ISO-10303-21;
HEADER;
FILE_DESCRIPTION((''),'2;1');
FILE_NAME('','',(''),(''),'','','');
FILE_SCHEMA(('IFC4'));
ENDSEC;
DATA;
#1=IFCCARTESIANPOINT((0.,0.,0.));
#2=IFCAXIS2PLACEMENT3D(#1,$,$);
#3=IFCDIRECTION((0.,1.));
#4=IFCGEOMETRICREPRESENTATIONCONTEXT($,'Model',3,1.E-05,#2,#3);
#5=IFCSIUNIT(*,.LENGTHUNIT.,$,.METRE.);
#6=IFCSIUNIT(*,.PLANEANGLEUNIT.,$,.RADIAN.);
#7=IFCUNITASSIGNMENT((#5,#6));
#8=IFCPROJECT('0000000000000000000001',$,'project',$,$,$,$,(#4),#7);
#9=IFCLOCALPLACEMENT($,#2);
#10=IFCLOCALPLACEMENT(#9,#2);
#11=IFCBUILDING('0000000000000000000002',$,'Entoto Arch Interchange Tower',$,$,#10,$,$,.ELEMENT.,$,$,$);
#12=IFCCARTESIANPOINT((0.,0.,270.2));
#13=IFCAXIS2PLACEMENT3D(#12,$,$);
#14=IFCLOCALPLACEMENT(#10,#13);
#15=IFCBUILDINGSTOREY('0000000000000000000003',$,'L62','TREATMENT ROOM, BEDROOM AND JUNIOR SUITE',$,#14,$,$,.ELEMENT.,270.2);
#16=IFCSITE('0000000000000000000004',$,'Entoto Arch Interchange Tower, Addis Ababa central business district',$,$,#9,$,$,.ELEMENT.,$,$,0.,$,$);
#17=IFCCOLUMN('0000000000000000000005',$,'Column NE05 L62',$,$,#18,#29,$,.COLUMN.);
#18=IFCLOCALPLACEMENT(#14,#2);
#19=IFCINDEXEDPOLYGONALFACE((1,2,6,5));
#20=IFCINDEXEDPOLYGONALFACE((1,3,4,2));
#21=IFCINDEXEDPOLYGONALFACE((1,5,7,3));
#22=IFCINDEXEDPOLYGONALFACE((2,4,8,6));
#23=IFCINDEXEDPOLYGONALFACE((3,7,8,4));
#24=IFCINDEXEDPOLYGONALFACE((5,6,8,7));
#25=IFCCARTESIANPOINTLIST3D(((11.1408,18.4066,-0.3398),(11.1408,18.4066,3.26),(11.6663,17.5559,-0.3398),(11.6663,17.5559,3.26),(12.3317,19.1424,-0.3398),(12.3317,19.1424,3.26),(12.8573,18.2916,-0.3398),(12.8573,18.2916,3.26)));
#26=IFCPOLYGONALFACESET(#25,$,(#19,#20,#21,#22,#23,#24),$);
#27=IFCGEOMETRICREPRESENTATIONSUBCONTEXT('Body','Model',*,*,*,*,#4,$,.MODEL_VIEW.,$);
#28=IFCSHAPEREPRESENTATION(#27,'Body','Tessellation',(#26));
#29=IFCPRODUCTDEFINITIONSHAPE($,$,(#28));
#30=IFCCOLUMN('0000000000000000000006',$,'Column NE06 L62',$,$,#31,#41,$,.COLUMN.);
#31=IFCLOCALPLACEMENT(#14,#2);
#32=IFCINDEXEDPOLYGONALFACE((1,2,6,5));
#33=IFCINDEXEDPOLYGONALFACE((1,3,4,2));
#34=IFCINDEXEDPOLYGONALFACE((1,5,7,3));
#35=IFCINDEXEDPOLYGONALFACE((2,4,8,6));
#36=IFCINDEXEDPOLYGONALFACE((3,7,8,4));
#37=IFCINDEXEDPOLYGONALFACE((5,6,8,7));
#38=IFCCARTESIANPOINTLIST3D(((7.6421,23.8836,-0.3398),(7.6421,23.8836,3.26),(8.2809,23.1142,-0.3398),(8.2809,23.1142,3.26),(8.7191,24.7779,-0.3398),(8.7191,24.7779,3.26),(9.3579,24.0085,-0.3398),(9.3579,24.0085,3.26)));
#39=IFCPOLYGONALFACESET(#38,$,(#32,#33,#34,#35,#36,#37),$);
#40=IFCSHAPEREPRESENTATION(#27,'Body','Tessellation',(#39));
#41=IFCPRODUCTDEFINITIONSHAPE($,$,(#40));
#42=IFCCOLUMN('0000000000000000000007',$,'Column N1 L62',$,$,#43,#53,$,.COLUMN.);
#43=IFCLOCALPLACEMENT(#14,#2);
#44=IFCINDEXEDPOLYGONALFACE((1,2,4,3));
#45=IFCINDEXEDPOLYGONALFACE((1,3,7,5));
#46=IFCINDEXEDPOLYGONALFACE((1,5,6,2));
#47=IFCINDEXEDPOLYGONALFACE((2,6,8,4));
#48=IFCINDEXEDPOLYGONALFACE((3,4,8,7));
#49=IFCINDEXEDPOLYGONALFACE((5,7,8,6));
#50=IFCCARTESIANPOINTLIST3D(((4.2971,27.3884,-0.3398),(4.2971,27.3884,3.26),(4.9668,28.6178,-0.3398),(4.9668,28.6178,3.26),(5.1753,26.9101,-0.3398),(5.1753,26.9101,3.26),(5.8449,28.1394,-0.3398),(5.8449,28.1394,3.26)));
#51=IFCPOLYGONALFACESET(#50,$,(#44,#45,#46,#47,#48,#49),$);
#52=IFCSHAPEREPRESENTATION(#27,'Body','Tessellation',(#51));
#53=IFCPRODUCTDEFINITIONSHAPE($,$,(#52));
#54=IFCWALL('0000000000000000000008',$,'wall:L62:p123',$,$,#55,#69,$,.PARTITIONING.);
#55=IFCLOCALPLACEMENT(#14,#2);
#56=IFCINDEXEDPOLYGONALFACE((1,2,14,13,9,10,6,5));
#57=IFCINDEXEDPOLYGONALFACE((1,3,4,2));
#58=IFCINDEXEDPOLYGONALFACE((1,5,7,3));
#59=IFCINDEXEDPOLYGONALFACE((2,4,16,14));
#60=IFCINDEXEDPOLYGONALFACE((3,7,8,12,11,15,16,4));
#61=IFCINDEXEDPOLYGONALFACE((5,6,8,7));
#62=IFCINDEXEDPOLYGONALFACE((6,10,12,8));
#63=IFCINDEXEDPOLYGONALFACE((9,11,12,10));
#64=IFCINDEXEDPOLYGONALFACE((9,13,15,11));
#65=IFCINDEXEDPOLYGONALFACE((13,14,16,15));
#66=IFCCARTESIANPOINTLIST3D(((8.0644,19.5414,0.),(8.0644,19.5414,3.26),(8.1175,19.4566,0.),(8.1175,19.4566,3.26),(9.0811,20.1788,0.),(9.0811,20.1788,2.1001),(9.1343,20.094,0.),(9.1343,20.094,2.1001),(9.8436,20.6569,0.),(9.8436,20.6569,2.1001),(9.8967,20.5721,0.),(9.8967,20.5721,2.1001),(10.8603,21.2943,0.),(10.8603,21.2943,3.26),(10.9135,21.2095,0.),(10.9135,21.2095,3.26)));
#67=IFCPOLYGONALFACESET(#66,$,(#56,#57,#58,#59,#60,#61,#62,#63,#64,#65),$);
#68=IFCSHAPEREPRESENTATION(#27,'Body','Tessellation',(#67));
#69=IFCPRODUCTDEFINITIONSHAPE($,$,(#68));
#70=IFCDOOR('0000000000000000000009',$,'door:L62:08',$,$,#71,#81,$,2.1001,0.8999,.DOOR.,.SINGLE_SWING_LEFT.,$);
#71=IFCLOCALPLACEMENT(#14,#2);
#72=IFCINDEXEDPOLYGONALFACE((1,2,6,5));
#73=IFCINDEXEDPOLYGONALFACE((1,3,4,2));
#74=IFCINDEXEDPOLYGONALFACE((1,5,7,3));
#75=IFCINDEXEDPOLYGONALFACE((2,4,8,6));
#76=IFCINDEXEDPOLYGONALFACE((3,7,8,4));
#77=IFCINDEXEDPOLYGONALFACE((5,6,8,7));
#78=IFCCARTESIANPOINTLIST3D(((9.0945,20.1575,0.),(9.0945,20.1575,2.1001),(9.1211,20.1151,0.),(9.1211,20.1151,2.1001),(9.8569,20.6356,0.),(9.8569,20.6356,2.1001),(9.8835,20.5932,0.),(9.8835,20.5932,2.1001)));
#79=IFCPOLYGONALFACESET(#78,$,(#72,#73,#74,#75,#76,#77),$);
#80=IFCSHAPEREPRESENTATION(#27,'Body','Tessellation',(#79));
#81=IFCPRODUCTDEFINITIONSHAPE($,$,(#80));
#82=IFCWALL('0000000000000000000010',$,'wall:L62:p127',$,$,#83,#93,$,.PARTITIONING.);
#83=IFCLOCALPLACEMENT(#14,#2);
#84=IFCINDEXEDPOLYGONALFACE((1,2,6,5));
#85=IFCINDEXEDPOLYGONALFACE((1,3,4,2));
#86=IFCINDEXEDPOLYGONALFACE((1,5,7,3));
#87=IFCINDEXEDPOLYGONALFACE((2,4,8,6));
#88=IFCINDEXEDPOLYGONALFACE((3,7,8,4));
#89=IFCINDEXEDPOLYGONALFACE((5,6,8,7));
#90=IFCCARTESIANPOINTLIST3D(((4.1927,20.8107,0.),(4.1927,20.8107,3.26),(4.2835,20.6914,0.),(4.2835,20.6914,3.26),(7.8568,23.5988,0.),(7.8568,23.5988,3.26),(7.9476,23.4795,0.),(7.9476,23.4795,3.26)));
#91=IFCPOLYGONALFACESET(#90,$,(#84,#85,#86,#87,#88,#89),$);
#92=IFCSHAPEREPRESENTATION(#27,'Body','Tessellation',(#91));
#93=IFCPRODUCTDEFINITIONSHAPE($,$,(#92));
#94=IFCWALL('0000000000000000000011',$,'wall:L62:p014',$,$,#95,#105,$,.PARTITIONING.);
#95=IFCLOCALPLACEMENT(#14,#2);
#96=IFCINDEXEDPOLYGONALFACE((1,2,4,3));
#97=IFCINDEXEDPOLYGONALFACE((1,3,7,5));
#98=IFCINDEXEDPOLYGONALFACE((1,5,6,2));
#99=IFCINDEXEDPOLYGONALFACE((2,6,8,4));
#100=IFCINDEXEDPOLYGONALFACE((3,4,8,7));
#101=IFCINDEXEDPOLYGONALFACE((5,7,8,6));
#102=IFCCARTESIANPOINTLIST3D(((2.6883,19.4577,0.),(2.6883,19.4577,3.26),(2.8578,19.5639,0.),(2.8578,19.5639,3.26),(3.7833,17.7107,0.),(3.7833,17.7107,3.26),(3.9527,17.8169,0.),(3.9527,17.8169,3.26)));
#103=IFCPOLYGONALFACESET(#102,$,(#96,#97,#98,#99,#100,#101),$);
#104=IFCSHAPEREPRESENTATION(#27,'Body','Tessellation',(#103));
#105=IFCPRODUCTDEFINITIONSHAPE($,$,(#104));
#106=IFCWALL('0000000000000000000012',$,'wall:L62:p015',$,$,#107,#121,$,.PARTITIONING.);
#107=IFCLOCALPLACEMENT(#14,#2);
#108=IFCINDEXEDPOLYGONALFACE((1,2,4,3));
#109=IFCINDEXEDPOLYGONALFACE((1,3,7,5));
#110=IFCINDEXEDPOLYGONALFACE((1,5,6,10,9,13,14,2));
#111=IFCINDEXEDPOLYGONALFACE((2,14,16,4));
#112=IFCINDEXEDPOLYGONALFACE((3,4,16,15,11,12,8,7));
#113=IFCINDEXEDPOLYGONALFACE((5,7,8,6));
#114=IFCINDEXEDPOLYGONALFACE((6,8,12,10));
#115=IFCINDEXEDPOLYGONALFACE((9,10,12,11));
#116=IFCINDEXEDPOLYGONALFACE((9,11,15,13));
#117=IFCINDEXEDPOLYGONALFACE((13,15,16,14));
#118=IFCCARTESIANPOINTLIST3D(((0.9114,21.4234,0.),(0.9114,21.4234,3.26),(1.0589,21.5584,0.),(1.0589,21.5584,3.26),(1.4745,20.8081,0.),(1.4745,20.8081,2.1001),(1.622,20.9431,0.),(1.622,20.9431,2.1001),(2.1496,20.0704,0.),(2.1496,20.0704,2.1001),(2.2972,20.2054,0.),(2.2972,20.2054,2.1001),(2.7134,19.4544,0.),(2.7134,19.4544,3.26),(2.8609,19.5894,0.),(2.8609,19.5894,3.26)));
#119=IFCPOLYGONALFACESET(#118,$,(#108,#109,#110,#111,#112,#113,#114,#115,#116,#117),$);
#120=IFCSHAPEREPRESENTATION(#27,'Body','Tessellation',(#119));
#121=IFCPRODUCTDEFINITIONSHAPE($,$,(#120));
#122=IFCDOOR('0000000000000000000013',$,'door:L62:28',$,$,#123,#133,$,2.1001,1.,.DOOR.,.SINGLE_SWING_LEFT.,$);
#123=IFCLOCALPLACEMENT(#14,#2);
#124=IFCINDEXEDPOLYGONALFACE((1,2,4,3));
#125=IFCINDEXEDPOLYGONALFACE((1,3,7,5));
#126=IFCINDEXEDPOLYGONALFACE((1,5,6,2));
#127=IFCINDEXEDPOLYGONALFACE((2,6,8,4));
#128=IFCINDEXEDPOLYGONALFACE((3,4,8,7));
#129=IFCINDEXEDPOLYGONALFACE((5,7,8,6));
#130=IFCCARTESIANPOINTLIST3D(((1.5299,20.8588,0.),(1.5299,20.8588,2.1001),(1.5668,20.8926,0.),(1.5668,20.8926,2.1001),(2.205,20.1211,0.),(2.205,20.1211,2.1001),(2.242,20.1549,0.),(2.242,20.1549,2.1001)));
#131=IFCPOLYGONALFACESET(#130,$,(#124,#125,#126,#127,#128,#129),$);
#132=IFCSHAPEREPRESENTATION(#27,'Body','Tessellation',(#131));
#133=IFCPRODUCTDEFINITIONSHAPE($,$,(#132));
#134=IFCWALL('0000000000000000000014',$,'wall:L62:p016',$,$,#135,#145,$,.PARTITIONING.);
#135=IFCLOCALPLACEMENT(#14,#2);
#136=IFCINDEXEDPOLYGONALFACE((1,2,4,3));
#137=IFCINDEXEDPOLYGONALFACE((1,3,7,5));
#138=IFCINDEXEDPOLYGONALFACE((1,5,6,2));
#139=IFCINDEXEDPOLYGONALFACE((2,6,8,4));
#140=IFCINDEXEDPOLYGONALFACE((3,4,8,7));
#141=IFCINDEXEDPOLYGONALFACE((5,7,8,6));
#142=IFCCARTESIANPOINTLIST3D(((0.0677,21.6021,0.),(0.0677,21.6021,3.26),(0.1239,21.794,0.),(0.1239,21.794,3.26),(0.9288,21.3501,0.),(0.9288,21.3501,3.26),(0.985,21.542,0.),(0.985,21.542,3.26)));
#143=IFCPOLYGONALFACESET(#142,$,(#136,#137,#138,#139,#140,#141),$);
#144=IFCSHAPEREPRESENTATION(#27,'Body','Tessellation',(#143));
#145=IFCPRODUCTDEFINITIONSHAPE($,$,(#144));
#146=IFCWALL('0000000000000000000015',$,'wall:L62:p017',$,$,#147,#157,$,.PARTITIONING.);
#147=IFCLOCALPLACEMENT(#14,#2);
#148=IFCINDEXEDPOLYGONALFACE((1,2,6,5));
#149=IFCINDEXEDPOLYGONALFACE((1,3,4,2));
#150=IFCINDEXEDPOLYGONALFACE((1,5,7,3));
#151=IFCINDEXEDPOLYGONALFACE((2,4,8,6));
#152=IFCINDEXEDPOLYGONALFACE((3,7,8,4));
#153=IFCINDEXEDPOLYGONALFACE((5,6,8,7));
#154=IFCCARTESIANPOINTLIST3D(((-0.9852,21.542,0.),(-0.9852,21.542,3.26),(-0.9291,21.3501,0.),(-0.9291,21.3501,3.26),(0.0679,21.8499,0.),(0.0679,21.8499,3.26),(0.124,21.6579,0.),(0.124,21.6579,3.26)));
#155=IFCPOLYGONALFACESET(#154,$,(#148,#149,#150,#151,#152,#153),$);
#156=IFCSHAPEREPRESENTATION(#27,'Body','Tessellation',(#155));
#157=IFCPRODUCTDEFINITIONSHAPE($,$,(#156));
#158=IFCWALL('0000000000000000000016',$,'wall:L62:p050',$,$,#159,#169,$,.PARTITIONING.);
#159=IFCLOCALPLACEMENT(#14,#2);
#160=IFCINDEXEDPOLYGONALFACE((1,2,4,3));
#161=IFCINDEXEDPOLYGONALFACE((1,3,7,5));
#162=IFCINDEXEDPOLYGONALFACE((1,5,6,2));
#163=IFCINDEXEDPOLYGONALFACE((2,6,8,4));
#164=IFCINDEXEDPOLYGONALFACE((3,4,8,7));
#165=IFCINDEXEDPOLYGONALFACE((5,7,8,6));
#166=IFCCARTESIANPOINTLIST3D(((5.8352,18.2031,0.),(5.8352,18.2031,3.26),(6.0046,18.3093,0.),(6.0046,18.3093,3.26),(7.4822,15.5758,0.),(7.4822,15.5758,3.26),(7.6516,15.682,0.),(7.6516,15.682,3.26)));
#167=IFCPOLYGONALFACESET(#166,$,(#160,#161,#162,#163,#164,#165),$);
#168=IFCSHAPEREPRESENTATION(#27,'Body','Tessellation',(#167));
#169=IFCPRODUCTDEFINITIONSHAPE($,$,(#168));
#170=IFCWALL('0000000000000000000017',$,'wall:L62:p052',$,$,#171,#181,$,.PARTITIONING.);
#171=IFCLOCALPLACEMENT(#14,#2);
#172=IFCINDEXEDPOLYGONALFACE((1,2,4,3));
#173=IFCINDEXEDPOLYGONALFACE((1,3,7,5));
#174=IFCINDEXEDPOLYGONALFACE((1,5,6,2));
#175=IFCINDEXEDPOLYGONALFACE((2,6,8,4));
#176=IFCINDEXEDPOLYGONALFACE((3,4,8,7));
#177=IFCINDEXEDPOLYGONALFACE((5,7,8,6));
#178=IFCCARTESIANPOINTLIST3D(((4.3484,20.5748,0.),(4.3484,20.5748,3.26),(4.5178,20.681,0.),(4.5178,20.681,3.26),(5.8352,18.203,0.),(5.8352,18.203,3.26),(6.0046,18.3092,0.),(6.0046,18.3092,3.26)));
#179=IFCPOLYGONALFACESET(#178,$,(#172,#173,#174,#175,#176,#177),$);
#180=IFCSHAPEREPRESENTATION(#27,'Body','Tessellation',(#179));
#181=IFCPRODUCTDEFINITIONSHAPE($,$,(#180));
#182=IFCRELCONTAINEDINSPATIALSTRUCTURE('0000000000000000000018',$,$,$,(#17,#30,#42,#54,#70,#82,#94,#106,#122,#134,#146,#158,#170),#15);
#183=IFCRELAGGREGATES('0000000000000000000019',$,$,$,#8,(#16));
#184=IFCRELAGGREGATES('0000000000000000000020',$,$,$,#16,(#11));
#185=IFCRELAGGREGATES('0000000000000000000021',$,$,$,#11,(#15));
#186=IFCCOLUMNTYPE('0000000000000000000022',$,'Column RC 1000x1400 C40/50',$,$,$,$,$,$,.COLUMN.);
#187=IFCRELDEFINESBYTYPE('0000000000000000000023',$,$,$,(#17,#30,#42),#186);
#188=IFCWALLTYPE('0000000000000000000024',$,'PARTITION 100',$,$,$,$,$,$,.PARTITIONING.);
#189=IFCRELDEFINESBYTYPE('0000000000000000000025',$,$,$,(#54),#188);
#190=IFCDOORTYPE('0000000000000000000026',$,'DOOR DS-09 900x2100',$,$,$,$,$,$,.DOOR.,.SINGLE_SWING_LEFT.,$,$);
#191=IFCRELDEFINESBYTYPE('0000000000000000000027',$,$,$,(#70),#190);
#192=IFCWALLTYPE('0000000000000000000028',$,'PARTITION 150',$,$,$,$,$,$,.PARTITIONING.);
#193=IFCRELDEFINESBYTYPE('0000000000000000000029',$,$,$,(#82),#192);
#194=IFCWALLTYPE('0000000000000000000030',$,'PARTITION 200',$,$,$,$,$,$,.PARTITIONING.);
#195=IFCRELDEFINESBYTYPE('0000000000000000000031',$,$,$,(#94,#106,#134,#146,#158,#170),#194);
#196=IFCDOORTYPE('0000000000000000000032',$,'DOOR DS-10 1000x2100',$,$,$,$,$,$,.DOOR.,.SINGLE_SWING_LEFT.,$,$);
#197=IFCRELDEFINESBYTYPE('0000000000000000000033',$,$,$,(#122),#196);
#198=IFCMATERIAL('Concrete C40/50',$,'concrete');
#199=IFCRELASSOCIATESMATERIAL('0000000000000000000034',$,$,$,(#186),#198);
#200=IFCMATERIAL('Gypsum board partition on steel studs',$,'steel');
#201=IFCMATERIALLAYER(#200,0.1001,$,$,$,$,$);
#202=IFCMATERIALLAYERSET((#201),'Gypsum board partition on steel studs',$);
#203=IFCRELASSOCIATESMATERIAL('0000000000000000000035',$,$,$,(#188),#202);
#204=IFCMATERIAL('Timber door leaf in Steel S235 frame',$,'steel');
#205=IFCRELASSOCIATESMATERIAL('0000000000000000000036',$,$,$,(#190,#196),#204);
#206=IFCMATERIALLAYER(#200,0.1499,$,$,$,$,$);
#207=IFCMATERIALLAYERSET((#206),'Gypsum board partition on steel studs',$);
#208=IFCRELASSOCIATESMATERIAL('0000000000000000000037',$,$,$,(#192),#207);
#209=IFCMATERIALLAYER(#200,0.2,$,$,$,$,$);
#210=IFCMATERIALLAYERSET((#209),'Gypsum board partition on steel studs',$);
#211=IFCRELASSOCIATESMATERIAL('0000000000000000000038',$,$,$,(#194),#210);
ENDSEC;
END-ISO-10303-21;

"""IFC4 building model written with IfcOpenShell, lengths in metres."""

from ifc_helpers import new_model, si_unit, direction, frame, frame_2d, origin, origin_2d, place, context, subcontext, project, spatial, rectangle, extrude, material, layer, layer_set, material_profile, profile_set, type_object, element, fill, save


model = new_model("IFC4")

# Units and contexts
model_context = context("Model", 3, precision=1e-05, world=origin(), true_north=direction((0.0, 1.0)))
body_context = subcontext(model_context, "Body", "Model", "MODEL_VIEW")
ifc_project = project(units=[si_unit("LENGTHUNIT", "METRE"), si_unit("PLANEANGLEUNIT", "RADIAN")], contexts=[model_context])

# Site, building, storey
site_placement = place(None, origin())
site = spatial("IfcSite", under=ifc_project, at=site_placement, Name="Entoto Arch Interchange Tower, Addis Ababa central business district", CompositionType="ELEMENT", RefElevation=0.0)
building_placement = place(site_placement, origin())
building = spatial("IfcBuilding", under=site, at=building_placement, Name="Entoto Arch Interchange Tower", CompositionType="ELEMENT")
storey_placement = place(building_placement, frame((0.0, 0.0, 270.2)))
storey = spatial("IfcBuildingStorey", under=building, at=storey_placement, Name="L62", Description="TREATMENT ROOM, BEDROOM AND JUNIOR SUITE", CompositionType="ELEMENT", Elevation=270.2)

# Columns
ifc_material_1 = material(Name="Concrete C40/50", Category="concrete")
ifc_material_profile = material_profile(ifc_material_1, rectangle(XDim=1.0, YDim=1.3999, at=origin_2d()))
ifc_profile_set = profile_set([ifc_material_profile], Name="Concrete C40/50")
column_type = type_object("IfcColumnType", Name="Column RC 1000x1400 C40/50", PredefinedType="COLUMN", material=ifc_profile_set)
for number, where, z_axis, x_axis, name in (
    (1, (11.999, 18.3491, -0.3398), (0.0, 0.0, 1.0), (-0.525576, 0.850747, 0.0), "Column NE05 L62"),
    (2, (8.5, 23.946, -0.3398), (0.0, 0.0, 1.0), (-0.638835, 0.769344, 0.0), "Column NE06 L62"),
    (3, (5.071, 27.7639, -0.3398), (0.0, 0.0, 1.0), (-0.878175, 0.478339, 0.0), "Column N1 L62"),
):
    element("IfcColumn", number, at=place(storey_placement, frame(where, z_axis=z_axis, x_axis=x_axis)), inside=storey, type_object=column_type, Name=name, PredefinedType="COLUMN", context=body_context, shape_type="SweptSolid", body=[
        extrude(rectangle(XDim=1.0, YDim=1.3999, at=origin_2d()), origin(), (0.0, 0.0, 1.0), 3.5999),
    ])

# Wall, opening, door
ifc_material_2 = material(Name="Gypsum board partition on steel studs", Category="steel")
ifc_layer_1 = layer(ifc_material_2, 0.1001)
ifc_layer_set_1 = layer_set([ifc_layer_1], Name="Gypsum board partition on steel studs")
wall_type_1 = type_object("IfcWallType", Name="PARTITION 100", PredefinedType="PARTITIONING", material=ifc_layer_set_1)
wall_1_placement = place(storey_placement, frame((8.0911, 19.499, 0.0), z_axis=(0.0, 0.0, 1.0), x_axis=(0.847249, 0.531195, 0.0)))
wall_1 = element("IfcWall", 4, at=wall_1_placement, inside=storey, type_object=wall_type_1, Name="wall:L62:p123", PredefinedType="PARTITIONING", context=body_context, shape_type="SweptSolid", body=[
    extrude(rectangle(XDim=3.3, YDim=0.1001, at=frame_2d((1.6499, 0.0))), origin(), (0.0, 0.0, 1.0), 3.26),
])
opening_1_placement = place(wall_1_placement, frame((1.2, 0.0, 0.0)))
opening_1 = element("IfcOpeningElement", 5, at=opening_1_placement, cuts=wall_1, PredefinedType="OPENING", context=body_context, shape_type="SweptSolid", body=[
    extrude(rectangle(XDim=0.8999, YDim=2.1001, at=frame_2d((0.45, 1.05))), frame((0.0, 0.0601, 0.0), z_axis=(0.0, -1.0, 0.0), x_axis=(1.0, 0.0, 0.0)), (0.0, 0.0, 1.0), 0.1201),
])
ifc_material_3 = material(Name="Timber door leaf in Steel S235 frame", Category="steel")
door_type_1 = type_object("IfcDoorType", Name="DOOR DS-09 900x2100", OperationType="SINGLE_SWING_LEFT", PredefinedType="DOOR", material=ifc_material_3)
door_1_placement = place(opening_1_placement, origin())
door_1 = element("IfcDoor", 6, at=door_1_placement, inside=storey, type_object=door_type_1, Name="door:L62:08", OperationType="SINGLE_SWING_LEFT", OverallHeight=2.1001, OverallWidth=0.8999, PredefinedType="DOOR", context=body_context, shape_type="SweptSolid", body=[
    extrude(rectangle(XDim=0.8999, YDim=2.1001, at=frame_2d((0.45, 1.05))), frame((0.0, 0.0249, 0.0), z_axis=(0.0, -1.0, 0.0), x_axis=(1.0, 0.0, 0.0)), (0.0, 0.0, 1.0), 0.05),
])
fill(opening_1, door_1)

# Walls
ifc_layer_2 = layer(ifc_material_2, 0.1499)
ifc_layer_set_2 = layer_set([ifc_layer_2], Name="Gypsum board partition on steel studs")
wall_type_2 = type_object("IfcWallType", Name="PARTITION 150", PredefinedType="PARTITIONING", material=ifc_layer_set_2)
wall_2_placement = place(storey_placement, frame((4.238, 20.751, 0.0), z_axis=(0.0, 0.0, 1.0), x_axis=(0.795806, 0.605551, 0.0)))
element("IfcWall", 7, at=wall_2_placement, inside=storey, type_object=wall_type_2, Name="wall:L62:p127", PredefinedType="PARTITIONING", context=body_context, shape_type="SweptSolid", body=[
    extrude(rectangle(XDim=4.6042, YDim=0.1499, at=frame_2d((2.3022, 0.0))), origin(), (0.0, 0.0, 1.0), 3.26),
])
ifc_layer_3 = layer(ifc_material_2, 0.2)
ifc_layer_set_3 = layer_set([ifc_layer_3], Name="Gypsum board partition on steel studs")
wall_type_3 = type_object("IfcWallType", Name="PARTITION 200", PredefinedType="PARTITIONING", material=ifc_layer_set_3)
wall_3_placement = place(storey_placement, frame((3.8679, 17.7639, 0.0), z_axis=(0.0, 0.0, 1.0), x_axis=(-0.531063, 0.847332, 0.0)))
element("IfcWall", 8, at=wall_3_placement, inside=storey, type_object=wall_type_3, Name="wall:L62:p014", PredefinedType="PARTITIONING", context=body_context, shape_type="SweptSolid", body=[
    extrude(rectangle(XDim=2.0618, YDim=0.2, at=frame_2d((1.0308, 0.0))), origin(), (0.0, 0.0, 1.0), 3.26),
])

# Wall, opening, door
wall_4_placement = place(storey_placement, frame((2.7871, 19.522, 0.0), z_axis=(0.0, 0.0, 1.0), x_axis=(-0.675132, 0.737697, 0.0)))
wall_4 = element("IfcWall", 9, at=wall_4_placement, inside=storey, type_object=wall_type_3, Name="wall:L62:p015", PredefinedType="PARTITIONING", context=body_context, shape_type="SweptSolid", body=[
    extrude(rectangle(XDim=2.6692, YDim=0.2, at=frame_2d((1.3345, 0.0))), origin(), (0.0, 0.0, 1.0), 3.26),
])
opening_2_placement = place(wall_4_placement, frame((0.835, 0.0, 0.0)))
opening_2 = element("IfcOpeningElement", 10, at=opening_2_placement, cuts=wall_4, PredefinedType="OPENING", context=body_context, shape_type="SweptSolid", body=[
    extrude(rectangle(XDim=1.0, YDim=2.1001, at=frame_2d((0.5, 1.05))), frame((0.0, 0.1099, 0.0), z_axis=(0.0, -1.0, 0.0), x_axis=(1.0, 0.0, 0.0)), (0.0, 0.0, 1.0), 0.22),
])
door_type_2 = type_object("IfcDoorType", Name="DOOR DS-10 1000x2100", OperationType="SINGLE_SWING_LEFT", PredefinedType="DOOR", material=ifc_material_3)
door_2_placement = place(opening_2_placement, origin())
door_2 = element("IfcDoor", 11, at=door_2_placement, inside=storey, type_object=door_type_2, Name="door:L62:28", OperationType="SINGLE_SWING_LEFT", OverallHeight=2.1001, OverallWidth=1.0, PredefinedType="DOOR", context=body_context, shape_type="SweptSolid", body=[
    extrude(rectangle(XDim=1.0, YDim=2.1001, at=frame_2d((0.5, 1.05))), frame((0.0, 0.0249, 0.0), z_axis=(0.0, -1.0, 0.0), x_axis=(1.0, 0.0, 0.0)), (0.0, 0.0, 1.0), 0.05),
])
fill(opening_2, door_2)

# Walls
wall_5_placement = place(storey_placement, frame((0.957, 21.446, 0.0), z_axis=(0.0, 0.0, 1.0), x_axis=(-0.959759, 0.280825, 0.0)))
element("IfcWall", 12, at=wall_5_placement, inside=storey, type_object=wall_type_3, Name="wall:L62:p016", PredefinedType="PARTITIONING", context=body_context, shape_type="SweptSolid", body=[
    extrude(rectangle(XDim=0.8972, YDim=0.2, at=frame_2d((0.4487, 0.0))), origin(), (0.0, 0.0, 1.0), 3.26),
])
wall_6_placement = place(storey_placement, frame((0.0959, 21.7539, 0.0), z_axis=(0.0, 0.0, 1.0), x_axis=(-0.959818, -0.280624, 0.0)))
element("IfcWall", 13, at=wall_6_placement, inside=storey, type_object=wall_type_3, Name="wall:L62:p017", PredefinedType="PARTITIONING", context=body_context, shape_type="SweptSolid", body=[
    extrude(rectangle(XDim=1.0972, YDim=0.2, at=frame_2d((0.5486, 0.0))), origin(), (0.0, 0.0, 1.0), 3.26),
])
wall_7_placement = place(storey_placement, frame((5.9199, 18.2561, 0.0), z_axis=(0.0, 0.0, 1.0), x_axis=(0.531152, -0.847277, 0.0)))
element("IfcWall", 14, at=wall_7_placement, inside=storey, type_object=wall_type_3, Name="wall:L62:p050", PredefinedType="PARTITIONING", context=body_context, shape_type="SweptSolid", body=[
    extrude(rectangle(XDim=3.1008, YDim=0.2, at=frame_2d((1.5503, 0.0))), origin(), (0.0, 0.0, 1.0), 3.26),
])
wall_8_placement = place(storey_placement, frame((4.4331, 20.6279, 0.0), z_axis=(0.0, 0.0, 1.0), x_axis=(0.531135, -0.847287, 0.0)))
element("IfcWall", 15, at=wall_8_placement, inside=storey, type_object=wall_type_3, Name="wall:L62:p052", PredefinedType="PARTITIONING", context=body_context, shape_type="SweptSolid", body=[
    extrude(rectangle(XDim=2.7993, YDim=0.2, at=frame_2d((1.3997, 0.0))), origin(), (0.0, 0.0, 1.0), 3.26),
])

save(model, "model.ifc")
